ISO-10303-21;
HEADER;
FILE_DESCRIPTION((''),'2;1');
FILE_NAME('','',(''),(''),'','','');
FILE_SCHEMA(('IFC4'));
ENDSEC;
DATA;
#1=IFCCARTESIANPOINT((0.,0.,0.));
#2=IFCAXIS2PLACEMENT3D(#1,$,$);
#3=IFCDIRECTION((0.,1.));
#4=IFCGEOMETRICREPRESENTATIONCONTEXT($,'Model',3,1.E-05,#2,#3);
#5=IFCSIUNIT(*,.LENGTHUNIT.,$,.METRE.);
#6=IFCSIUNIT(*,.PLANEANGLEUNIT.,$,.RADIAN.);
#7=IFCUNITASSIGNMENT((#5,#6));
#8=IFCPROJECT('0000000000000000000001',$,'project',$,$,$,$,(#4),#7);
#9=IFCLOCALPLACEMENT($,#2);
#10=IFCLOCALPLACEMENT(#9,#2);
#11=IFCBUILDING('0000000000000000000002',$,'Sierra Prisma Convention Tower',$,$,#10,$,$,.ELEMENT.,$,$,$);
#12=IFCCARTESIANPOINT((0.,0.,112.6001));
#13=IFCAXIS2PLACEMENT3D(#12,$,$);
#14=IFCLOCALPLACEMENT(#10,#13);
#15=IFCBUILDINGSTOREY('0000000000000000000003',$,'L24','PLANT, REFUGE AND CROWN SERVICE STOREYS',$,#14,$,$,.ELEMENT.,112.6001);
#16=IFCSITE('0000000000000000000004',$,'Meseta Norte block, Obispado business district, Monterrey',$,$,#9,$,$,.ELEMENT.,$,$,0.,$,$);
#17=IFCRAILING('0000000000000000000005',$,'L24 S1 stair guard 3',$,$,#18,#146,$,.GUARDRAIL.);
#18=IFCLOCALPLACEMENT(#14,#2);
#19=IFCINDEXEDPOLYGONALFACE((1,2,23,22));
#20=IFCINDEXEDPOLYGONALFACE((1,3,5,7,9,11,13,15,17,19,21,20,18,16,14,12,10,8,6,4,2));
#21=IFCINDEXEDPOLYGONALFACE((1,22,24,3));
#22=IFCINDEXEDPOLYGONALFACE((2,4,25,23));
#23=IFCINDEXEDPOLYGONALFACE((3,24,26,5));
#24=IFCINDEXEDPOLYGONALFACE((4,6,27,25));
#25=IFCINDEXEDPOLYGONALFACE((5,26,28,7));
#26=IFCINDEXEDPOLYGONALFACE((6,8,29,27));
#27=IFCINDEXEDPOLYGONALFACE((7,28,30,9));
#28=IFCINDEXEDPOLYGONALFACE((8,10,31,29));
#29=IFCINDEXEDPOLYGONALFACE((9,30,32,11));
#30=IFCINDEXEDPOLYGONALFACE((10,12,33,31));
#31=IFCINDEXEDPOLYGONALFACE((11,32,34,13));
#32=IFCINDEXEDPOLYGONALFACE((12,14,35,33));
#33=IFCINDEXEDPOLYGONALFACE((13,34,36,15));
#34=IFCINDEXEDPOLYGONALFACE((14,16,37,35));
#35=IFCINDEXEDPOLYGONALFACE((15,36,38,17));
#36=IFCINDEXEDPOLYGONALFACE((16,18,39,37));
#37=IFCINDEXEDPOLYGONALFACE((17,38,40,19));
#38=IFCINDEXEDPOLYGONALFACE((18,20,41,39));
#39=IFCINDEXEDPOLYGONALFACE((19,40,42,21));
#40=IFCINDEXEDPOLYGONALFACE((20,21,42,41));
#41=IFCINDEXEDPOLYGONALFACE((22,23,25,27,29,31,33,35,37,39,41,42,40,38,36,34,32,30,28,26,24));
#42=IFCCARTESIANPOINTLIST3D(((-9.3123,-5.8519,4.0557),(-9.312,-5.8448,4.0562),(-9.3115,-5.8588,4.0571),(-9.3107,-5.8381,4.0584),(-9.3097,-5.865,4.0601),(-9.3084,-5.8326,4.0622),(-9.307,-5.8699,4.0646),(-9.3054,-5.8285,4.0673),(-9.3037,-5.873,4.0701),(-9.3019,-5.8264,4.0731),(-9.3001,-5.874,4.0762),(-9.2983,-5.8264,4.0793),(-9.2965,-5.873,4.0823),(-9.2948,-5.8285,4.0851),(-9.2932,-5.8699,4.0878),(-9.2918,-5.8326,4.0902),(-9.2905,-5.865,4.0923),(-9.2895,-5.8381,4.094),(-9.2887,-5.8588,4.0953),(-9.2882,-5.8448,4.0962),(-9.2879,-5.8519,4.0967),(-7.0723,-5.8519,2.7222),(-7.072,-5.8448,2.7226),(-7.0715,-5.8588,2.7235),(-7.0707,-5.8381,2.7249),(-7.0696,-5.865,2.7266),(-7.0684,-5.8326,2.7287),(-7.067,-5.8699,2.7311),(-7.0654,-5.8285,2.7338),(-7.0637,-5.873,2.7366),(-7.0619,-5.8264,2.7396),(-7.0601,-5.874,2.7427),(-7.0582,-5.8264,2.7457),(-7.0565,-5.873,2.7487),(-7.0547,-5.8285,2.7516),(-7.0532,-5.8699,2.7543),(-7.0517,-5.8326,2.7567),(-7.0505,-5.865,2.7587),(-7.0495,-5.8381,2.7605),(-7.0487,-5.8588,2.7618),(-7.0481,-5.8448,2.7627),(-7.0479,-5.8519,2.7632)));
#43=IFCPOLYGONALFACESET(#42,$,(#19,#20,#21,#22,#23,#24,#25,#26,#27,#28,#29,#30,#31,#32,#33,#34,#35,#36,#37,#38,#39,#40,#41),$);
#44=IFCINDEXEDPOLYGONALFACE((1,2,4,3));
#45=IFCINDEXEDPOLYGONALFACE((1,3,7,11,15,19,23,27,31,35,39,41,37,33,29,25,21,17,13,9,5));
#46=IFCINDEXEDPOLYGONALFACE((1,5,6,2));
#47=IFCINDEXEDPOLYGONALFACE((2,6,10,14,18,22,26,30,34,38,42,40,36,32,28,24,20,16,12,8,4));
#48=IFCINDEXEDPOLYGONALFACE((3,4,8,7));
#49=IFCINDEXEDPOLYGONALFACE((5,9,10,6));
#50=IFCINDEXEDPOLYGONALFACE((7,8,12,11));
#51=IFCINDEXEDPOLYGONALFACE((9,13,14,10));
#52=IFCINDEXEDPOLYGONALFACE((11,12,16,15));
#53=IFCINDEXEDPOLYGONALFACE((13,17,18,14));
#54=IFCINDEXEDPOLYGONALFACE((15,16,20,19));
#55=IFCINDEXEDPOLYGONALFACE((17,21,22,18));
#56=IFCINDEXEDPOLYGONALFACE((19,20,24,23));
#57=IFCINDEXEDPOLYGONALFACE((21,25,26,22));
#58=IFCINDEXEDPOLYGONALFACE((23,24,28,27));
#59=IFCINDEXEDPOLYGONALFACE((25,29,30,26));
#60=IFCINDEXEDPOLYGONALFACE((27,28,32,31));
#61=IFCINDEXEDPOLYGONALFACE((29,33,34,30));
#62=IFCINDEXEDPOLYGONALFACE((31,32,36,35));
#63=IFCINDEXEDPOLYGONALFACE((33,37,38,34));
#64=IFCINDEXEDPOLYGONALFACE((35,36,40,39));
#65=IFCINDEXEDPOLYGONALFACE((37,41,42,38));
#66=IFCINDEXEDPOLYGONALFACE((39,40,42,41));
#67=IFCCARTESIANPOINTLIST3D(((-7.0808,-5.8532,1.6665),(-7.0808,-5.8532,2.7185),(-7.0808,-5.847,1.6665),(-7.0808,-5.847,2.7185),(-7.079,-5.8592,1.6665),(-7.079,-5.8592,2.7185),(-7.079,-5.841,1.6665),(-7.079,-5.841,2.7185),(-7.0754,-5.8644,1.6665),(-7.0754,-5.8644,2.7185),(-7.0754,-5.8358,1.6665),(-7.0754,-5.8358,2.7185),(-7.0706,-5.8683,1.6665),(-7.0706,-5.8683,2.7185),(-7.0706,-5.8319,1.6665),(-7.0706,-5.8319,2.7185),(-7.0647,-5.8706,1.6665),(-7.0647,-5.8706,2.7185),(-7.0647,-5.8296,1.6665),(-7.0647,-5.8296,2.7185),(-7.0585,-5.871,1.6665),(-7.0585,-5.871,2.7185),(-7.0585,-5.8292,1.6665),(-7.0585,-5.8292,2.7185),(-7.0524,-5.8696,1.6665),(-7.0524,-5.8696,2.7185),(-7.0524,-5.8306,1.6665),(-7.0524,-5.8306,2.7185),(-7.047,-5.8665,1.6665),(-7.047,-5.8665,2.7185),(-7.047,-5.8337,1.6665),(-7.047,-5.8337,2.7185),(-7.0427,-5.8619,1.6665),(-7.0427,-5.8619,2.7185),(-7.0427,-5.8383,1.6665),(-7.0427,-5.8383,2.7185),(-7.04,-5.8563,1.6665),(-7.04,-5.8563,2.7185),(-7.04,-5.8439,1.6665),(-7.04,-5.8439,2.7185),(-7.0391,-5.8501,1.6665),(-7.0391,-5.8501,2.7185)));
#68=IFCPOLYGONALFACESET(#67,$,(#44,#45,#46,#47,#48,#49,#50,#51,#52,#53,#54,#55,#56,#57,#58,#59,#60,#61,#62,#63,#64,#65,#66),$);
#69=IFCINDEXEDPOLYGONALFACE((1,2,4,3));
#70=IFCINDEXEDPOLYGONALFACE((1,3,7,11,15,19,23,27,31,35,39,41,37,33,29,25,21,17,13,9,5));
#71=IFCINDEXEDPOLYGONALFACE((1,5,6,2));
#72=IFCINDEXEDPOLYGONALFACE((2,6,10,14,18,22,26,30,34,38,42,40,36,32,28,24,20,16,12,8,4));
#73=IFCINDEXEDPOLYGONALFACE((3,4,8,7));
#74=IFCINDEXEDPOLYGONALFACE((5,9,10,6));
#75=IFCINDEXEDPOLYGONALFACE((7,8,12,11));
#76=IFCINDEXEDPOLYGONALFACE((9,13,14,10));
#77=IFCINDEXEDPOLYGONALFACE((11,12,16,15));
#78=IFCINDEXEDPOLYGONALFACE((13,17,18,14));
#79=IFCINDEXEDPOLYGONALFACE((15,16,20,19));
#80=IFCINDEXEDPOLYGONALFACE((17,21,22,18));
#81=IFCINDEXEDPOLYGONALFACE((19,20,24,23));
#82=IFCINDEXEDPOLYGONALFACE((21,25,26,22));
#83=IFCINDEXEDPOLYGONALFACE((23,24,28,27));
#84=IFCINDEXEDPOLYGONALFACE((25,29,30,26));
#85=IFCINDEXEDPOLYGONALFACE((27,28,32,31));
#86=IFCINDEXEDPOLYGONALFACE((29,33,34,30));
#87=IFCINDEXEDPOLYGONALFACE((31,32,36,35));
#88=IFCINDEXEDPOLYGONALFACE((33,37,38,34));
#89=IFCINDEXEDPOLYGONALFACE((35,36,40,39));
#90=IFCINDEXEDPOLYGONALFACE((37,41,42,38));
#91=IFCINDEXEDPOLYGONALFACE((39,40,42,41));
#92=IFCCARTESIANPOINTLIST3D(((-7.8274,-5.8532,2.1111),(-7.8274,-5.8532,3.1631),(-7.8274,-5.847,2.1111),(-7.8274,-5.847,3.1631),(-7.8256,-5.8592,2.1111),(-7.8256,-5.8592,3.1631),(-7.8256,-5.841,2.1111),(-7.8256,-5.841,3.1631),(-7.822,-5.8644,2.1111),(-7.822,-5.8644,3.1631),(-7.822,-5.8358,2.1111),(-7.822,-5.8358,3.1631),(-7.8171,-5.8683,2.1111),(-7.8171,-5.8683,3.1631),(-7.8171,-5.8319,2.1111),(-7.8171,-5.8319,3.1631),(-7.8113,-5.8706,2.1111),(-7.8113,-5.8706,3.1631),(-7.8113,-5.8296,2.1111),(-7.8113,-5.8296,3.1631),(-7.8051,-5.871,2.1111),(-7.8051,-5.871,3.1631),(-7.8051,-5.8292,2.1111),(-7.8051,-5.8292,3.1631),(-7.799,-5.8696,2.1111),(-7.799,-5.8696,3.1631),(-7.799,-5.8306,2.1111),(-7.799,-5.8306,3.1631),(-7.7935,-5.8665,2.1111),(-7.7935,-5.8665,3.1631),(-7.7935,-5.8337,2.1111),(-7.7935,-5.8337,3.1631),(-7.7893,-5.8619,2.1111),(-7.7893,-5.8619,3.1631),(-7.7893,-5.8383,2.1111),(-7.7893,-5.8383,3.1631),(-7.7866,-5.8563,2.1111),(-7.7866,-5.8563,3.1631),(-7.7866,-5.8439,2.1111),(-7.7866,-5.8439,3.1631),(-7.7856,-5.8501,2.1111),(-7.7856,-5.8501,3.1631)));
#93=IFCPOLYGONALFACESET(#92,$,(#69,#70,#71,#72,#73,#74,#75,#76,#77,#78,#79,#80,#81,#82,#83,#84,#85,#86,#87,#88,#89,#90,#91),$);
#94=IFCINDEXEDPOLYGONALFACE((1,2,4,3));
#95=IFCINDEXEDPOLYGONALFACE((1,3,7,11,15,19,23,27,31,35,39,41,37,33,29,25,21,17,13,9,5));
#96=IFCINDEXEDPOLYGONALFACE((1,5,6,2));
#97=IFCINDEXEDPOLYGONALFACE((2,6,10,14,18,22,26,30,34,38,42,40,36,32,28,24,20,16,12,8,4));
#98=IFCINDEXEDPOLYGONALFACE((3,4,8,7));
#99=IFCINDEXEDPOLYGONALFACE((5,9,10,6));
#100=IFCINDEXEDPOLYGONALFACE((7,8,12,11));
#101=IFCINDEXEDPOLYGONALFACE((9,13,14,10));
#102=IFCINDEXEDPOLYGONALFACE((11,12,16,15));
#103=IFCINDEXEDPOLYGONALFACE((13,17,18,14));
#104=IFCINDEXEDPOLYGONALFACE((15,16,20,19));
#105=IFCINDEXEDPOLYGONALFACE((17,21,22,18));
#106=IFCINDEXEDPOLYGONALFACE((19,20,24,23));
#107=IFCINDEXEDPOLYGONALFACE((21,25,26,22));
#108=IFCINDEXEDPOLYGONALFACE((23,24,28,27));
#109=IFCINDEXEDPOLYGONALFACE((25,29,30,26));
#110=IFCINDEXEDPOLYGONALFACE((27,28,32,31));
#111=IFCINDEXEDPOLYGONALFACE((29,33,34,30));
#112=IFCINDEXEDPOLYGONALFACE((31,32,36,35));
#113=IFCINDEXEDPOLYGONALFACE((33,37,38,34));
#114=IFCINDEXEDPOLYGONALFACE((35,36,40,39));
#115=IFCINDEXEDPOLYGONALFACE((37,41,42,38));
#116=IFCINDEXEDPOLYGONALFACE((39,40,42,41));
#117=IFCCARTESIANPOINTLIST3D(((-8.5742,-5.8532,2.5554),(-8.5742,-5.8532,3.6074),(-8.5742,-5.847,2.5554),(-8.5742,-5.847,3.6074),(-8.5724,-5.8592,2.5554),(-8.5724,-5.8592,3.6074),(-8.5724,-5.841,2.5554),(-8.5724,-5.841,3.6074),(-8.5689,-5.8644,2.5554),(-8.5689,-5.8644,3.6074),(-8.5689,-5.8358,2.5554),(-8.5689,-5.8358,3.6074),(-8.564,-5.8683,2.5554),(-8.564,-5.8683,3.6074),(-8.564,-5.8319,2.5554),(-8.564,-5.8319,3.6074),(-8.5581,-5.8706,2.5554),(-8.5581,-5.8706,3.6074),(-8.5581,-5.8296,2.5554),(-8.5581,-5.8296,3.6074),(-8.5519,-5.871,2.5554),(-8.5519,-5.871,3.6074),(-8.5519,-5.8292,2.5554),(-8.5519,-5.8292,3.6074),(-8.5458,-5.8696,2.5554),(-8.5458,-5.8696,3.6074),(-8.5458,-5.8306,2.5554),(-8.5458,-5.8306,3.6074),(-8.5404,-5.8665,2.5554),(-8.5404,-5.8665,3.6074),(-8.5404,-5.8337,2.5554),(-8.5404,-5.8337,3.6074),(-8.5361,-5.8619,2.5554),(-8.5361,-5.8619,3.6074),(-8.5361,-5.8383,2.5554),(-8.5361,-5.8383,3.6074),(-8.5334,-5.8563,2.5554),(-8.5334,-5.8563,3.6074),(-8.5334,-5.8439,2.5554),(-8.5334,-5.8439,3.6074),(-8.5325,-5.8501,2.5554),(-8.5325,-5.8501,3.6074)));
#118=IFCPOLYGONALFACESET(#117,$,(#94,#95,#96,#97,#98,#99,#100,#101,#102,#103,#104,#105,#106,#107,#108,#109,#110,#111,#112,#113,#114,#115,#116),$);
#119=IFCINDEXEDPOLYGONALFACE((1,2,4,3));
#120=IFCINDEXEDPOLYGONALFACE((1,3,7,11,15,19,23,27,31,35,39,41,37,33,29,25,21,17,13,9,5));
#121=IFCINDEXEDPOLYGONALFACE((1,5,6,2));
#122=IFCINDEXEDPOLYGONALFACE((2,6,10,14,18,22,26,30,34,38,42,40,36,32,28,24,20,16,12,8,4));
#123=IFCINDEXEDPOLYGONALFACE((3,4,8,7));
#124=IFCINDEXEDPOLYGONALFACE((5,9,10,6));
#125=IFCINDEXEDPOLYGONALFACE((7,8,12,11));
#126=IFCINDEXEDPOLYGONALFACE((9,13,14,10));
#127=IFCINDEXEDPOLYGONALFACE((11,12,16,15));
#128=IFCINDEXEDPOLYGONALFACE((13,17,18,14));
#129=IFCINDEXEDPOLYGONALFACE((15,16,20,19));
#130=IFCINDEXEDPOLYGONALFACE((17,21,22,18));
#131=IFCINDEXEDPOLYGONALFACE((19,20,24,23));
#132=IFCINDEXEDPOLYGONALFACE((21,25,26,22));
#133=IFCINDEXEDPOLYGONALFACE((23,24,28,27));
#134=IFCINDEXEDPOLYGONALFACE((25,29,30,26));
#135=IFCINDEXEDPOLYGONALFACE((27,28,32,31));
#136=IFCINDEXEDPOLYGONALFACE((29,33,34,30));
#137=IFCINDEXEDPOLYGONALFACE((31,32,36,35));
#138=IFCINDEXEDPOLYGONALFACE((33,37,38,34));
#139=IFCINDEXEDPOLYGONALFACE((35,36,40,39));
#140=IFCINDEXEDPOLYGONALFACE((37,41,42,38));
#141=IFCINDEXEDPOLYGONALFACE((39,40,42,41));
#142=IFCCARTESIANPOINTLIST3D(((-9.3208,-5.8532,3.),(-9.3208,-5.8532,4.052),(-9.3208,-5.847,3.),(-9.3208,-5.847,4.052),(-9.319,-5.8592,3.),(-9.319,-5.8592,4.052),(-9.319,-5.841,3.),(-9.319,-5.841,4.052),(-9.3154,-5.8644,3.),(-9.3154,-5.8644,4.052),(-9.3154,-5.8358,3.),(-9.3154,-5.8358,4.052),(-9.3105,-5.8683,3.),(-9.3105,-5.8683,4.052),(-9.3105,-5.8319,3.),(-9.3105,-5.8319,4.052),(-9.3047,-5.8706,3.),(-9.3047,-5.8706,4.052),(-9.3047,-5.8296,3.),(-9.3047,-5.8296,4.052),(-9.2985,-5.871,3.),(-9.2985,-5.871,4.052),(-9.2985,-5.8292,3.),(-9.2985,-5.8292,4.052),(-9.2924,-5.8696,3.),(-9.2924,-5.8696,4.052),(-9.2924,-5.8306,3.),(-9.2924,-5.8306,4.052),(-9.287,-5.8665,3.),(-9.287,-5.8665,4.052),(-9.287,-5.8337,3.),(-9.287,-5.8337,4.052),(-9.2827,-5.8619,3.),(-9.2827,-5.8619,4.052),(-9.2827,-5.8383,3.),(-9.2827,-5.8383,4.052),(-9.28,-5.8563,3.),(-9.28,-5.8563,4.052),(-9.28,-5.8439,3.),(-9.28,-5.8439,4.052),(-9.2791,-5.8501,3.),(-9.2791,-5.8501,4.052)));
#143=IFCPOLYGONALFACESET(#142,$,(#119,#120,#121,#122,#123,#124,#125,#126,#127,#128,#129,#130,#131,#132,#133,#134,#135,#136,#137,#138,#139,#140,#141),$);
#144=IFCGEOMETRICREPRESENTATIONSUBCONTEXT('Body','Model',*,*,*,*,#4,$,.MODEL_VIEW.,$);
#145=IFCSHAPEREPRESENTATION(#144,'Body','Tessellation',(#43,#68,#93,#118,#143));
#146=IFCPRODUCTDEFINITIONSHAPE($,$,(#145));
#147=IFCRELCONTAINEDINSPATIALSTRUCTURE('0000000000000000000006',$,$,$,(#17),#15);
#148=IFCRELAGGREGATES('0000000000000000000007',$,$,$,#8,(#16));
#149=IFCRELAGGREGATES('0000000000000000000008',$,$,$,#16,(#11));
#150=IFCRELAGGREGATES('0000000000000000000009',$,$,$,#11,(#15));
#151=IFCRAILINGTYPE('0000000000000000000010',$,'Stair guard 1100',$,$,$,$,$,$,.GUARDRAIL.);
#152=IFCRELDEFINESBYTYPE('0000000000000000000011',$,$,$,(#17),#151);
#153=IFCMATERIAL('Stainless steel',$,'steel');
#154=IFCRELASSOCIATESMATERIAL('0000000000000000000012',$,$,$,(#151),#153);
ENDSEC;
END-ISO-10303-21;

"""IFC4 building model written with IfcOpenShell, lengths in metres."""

from ifc_helpers import new_model, si_unit, direction, frame, origin, origin_2d, place, context, subcontext, project, spatial, circle, extrude, material, type_object, element, save


model = new_model("IFC4")

# Units and contexts
model_context = context("Model", 3, precision=1e-05, world=origin(), true_north=direction((0.0, 1.0)))
body_context = subcontext(model_context, "Body", "Model", "MODEL_VIEW")
ifc_project = project(units=[si_unit("LENGTHUNIT", "METRE"), si_unit("PLANEANGLEUNIT", "RADIAN")], contexts=[model_context])

# Site, building, storey
site_placement = place(None, origin())
site = spatial("IfcSite", under=ifc_project, at=site_placement, Name="Meseta Norte block, Obispado business district, Monterrey", CompositionType="ELEMENT", RefElevation=0.0)
building_placement = place(site_placement, origin())
building = spatial("IfcBuilding", under=site, at=building_placement, Name="Sierra Prisma Convention Tower", CompositionType="ELEMENT")
storey_placement = place(building_placement, frame((0.0, 0.0, 112.6001)))
storey = spatial("IfcBuildingStorey", under=building, at=storey_placement, Name="L24", Description="PLANT, REFUGE AND CROWN SERVICE STOREYS", CompositionType="ELEMENT", Elevation=112.6001)

# Railing
ifc_material_1 = material(Name="Stainless steel", Category="steel")
railing_type_1 = type_object("IfcRailingType", Name="Stair guard 1100", PredefinedType="GUARDRAIL", material=ifc_material_1)
railing_1_placement = place(storey_placement, frame((-7.0601, -5.8501, 1.6665)))
element("IfcRailing", 1, at=railing_1_placement, inside=storey, type_object=railing_type_1, Name="L24 S1 stair guard 3", PredefinedType="GUARDRAIL", context=body_context, shape_type="SweptSolid", body=[
    extrude(circle(Radius=0.0239, at=origin_2d()), frame((0.0, 0.0, 1.0762), z_axis=(-0.859264, 0.0, 0.511532), x_axis=(0.0, -1.0, 0.0)), (0.0, 0.0, 1.0), 2.6069),
    extrude(circle(Radius=0.021, at=origin_2d()), origin(), (0.0, 0.0, 1.0), 1.052),
    extrude(circle(Radius=0.021, at=origin_2d()), frame((-0.7466, 0.0, 0.4446)), (0.0, 0.0, 1.0), 1.052),
    extrude(circle(Radius=0.021, at=origin_2d()), frame((-1.4934, 0.0, 0.8889)), (0.0, 0.0, 1.0), 1.052),
    extrude(circle(Radius=0.021, at=origin_2d()), frame((-2.24, 0.0, 1.3335)), (0.0, 0.0, 1.0), 1.052),
])

save(model, "model.ifc")
